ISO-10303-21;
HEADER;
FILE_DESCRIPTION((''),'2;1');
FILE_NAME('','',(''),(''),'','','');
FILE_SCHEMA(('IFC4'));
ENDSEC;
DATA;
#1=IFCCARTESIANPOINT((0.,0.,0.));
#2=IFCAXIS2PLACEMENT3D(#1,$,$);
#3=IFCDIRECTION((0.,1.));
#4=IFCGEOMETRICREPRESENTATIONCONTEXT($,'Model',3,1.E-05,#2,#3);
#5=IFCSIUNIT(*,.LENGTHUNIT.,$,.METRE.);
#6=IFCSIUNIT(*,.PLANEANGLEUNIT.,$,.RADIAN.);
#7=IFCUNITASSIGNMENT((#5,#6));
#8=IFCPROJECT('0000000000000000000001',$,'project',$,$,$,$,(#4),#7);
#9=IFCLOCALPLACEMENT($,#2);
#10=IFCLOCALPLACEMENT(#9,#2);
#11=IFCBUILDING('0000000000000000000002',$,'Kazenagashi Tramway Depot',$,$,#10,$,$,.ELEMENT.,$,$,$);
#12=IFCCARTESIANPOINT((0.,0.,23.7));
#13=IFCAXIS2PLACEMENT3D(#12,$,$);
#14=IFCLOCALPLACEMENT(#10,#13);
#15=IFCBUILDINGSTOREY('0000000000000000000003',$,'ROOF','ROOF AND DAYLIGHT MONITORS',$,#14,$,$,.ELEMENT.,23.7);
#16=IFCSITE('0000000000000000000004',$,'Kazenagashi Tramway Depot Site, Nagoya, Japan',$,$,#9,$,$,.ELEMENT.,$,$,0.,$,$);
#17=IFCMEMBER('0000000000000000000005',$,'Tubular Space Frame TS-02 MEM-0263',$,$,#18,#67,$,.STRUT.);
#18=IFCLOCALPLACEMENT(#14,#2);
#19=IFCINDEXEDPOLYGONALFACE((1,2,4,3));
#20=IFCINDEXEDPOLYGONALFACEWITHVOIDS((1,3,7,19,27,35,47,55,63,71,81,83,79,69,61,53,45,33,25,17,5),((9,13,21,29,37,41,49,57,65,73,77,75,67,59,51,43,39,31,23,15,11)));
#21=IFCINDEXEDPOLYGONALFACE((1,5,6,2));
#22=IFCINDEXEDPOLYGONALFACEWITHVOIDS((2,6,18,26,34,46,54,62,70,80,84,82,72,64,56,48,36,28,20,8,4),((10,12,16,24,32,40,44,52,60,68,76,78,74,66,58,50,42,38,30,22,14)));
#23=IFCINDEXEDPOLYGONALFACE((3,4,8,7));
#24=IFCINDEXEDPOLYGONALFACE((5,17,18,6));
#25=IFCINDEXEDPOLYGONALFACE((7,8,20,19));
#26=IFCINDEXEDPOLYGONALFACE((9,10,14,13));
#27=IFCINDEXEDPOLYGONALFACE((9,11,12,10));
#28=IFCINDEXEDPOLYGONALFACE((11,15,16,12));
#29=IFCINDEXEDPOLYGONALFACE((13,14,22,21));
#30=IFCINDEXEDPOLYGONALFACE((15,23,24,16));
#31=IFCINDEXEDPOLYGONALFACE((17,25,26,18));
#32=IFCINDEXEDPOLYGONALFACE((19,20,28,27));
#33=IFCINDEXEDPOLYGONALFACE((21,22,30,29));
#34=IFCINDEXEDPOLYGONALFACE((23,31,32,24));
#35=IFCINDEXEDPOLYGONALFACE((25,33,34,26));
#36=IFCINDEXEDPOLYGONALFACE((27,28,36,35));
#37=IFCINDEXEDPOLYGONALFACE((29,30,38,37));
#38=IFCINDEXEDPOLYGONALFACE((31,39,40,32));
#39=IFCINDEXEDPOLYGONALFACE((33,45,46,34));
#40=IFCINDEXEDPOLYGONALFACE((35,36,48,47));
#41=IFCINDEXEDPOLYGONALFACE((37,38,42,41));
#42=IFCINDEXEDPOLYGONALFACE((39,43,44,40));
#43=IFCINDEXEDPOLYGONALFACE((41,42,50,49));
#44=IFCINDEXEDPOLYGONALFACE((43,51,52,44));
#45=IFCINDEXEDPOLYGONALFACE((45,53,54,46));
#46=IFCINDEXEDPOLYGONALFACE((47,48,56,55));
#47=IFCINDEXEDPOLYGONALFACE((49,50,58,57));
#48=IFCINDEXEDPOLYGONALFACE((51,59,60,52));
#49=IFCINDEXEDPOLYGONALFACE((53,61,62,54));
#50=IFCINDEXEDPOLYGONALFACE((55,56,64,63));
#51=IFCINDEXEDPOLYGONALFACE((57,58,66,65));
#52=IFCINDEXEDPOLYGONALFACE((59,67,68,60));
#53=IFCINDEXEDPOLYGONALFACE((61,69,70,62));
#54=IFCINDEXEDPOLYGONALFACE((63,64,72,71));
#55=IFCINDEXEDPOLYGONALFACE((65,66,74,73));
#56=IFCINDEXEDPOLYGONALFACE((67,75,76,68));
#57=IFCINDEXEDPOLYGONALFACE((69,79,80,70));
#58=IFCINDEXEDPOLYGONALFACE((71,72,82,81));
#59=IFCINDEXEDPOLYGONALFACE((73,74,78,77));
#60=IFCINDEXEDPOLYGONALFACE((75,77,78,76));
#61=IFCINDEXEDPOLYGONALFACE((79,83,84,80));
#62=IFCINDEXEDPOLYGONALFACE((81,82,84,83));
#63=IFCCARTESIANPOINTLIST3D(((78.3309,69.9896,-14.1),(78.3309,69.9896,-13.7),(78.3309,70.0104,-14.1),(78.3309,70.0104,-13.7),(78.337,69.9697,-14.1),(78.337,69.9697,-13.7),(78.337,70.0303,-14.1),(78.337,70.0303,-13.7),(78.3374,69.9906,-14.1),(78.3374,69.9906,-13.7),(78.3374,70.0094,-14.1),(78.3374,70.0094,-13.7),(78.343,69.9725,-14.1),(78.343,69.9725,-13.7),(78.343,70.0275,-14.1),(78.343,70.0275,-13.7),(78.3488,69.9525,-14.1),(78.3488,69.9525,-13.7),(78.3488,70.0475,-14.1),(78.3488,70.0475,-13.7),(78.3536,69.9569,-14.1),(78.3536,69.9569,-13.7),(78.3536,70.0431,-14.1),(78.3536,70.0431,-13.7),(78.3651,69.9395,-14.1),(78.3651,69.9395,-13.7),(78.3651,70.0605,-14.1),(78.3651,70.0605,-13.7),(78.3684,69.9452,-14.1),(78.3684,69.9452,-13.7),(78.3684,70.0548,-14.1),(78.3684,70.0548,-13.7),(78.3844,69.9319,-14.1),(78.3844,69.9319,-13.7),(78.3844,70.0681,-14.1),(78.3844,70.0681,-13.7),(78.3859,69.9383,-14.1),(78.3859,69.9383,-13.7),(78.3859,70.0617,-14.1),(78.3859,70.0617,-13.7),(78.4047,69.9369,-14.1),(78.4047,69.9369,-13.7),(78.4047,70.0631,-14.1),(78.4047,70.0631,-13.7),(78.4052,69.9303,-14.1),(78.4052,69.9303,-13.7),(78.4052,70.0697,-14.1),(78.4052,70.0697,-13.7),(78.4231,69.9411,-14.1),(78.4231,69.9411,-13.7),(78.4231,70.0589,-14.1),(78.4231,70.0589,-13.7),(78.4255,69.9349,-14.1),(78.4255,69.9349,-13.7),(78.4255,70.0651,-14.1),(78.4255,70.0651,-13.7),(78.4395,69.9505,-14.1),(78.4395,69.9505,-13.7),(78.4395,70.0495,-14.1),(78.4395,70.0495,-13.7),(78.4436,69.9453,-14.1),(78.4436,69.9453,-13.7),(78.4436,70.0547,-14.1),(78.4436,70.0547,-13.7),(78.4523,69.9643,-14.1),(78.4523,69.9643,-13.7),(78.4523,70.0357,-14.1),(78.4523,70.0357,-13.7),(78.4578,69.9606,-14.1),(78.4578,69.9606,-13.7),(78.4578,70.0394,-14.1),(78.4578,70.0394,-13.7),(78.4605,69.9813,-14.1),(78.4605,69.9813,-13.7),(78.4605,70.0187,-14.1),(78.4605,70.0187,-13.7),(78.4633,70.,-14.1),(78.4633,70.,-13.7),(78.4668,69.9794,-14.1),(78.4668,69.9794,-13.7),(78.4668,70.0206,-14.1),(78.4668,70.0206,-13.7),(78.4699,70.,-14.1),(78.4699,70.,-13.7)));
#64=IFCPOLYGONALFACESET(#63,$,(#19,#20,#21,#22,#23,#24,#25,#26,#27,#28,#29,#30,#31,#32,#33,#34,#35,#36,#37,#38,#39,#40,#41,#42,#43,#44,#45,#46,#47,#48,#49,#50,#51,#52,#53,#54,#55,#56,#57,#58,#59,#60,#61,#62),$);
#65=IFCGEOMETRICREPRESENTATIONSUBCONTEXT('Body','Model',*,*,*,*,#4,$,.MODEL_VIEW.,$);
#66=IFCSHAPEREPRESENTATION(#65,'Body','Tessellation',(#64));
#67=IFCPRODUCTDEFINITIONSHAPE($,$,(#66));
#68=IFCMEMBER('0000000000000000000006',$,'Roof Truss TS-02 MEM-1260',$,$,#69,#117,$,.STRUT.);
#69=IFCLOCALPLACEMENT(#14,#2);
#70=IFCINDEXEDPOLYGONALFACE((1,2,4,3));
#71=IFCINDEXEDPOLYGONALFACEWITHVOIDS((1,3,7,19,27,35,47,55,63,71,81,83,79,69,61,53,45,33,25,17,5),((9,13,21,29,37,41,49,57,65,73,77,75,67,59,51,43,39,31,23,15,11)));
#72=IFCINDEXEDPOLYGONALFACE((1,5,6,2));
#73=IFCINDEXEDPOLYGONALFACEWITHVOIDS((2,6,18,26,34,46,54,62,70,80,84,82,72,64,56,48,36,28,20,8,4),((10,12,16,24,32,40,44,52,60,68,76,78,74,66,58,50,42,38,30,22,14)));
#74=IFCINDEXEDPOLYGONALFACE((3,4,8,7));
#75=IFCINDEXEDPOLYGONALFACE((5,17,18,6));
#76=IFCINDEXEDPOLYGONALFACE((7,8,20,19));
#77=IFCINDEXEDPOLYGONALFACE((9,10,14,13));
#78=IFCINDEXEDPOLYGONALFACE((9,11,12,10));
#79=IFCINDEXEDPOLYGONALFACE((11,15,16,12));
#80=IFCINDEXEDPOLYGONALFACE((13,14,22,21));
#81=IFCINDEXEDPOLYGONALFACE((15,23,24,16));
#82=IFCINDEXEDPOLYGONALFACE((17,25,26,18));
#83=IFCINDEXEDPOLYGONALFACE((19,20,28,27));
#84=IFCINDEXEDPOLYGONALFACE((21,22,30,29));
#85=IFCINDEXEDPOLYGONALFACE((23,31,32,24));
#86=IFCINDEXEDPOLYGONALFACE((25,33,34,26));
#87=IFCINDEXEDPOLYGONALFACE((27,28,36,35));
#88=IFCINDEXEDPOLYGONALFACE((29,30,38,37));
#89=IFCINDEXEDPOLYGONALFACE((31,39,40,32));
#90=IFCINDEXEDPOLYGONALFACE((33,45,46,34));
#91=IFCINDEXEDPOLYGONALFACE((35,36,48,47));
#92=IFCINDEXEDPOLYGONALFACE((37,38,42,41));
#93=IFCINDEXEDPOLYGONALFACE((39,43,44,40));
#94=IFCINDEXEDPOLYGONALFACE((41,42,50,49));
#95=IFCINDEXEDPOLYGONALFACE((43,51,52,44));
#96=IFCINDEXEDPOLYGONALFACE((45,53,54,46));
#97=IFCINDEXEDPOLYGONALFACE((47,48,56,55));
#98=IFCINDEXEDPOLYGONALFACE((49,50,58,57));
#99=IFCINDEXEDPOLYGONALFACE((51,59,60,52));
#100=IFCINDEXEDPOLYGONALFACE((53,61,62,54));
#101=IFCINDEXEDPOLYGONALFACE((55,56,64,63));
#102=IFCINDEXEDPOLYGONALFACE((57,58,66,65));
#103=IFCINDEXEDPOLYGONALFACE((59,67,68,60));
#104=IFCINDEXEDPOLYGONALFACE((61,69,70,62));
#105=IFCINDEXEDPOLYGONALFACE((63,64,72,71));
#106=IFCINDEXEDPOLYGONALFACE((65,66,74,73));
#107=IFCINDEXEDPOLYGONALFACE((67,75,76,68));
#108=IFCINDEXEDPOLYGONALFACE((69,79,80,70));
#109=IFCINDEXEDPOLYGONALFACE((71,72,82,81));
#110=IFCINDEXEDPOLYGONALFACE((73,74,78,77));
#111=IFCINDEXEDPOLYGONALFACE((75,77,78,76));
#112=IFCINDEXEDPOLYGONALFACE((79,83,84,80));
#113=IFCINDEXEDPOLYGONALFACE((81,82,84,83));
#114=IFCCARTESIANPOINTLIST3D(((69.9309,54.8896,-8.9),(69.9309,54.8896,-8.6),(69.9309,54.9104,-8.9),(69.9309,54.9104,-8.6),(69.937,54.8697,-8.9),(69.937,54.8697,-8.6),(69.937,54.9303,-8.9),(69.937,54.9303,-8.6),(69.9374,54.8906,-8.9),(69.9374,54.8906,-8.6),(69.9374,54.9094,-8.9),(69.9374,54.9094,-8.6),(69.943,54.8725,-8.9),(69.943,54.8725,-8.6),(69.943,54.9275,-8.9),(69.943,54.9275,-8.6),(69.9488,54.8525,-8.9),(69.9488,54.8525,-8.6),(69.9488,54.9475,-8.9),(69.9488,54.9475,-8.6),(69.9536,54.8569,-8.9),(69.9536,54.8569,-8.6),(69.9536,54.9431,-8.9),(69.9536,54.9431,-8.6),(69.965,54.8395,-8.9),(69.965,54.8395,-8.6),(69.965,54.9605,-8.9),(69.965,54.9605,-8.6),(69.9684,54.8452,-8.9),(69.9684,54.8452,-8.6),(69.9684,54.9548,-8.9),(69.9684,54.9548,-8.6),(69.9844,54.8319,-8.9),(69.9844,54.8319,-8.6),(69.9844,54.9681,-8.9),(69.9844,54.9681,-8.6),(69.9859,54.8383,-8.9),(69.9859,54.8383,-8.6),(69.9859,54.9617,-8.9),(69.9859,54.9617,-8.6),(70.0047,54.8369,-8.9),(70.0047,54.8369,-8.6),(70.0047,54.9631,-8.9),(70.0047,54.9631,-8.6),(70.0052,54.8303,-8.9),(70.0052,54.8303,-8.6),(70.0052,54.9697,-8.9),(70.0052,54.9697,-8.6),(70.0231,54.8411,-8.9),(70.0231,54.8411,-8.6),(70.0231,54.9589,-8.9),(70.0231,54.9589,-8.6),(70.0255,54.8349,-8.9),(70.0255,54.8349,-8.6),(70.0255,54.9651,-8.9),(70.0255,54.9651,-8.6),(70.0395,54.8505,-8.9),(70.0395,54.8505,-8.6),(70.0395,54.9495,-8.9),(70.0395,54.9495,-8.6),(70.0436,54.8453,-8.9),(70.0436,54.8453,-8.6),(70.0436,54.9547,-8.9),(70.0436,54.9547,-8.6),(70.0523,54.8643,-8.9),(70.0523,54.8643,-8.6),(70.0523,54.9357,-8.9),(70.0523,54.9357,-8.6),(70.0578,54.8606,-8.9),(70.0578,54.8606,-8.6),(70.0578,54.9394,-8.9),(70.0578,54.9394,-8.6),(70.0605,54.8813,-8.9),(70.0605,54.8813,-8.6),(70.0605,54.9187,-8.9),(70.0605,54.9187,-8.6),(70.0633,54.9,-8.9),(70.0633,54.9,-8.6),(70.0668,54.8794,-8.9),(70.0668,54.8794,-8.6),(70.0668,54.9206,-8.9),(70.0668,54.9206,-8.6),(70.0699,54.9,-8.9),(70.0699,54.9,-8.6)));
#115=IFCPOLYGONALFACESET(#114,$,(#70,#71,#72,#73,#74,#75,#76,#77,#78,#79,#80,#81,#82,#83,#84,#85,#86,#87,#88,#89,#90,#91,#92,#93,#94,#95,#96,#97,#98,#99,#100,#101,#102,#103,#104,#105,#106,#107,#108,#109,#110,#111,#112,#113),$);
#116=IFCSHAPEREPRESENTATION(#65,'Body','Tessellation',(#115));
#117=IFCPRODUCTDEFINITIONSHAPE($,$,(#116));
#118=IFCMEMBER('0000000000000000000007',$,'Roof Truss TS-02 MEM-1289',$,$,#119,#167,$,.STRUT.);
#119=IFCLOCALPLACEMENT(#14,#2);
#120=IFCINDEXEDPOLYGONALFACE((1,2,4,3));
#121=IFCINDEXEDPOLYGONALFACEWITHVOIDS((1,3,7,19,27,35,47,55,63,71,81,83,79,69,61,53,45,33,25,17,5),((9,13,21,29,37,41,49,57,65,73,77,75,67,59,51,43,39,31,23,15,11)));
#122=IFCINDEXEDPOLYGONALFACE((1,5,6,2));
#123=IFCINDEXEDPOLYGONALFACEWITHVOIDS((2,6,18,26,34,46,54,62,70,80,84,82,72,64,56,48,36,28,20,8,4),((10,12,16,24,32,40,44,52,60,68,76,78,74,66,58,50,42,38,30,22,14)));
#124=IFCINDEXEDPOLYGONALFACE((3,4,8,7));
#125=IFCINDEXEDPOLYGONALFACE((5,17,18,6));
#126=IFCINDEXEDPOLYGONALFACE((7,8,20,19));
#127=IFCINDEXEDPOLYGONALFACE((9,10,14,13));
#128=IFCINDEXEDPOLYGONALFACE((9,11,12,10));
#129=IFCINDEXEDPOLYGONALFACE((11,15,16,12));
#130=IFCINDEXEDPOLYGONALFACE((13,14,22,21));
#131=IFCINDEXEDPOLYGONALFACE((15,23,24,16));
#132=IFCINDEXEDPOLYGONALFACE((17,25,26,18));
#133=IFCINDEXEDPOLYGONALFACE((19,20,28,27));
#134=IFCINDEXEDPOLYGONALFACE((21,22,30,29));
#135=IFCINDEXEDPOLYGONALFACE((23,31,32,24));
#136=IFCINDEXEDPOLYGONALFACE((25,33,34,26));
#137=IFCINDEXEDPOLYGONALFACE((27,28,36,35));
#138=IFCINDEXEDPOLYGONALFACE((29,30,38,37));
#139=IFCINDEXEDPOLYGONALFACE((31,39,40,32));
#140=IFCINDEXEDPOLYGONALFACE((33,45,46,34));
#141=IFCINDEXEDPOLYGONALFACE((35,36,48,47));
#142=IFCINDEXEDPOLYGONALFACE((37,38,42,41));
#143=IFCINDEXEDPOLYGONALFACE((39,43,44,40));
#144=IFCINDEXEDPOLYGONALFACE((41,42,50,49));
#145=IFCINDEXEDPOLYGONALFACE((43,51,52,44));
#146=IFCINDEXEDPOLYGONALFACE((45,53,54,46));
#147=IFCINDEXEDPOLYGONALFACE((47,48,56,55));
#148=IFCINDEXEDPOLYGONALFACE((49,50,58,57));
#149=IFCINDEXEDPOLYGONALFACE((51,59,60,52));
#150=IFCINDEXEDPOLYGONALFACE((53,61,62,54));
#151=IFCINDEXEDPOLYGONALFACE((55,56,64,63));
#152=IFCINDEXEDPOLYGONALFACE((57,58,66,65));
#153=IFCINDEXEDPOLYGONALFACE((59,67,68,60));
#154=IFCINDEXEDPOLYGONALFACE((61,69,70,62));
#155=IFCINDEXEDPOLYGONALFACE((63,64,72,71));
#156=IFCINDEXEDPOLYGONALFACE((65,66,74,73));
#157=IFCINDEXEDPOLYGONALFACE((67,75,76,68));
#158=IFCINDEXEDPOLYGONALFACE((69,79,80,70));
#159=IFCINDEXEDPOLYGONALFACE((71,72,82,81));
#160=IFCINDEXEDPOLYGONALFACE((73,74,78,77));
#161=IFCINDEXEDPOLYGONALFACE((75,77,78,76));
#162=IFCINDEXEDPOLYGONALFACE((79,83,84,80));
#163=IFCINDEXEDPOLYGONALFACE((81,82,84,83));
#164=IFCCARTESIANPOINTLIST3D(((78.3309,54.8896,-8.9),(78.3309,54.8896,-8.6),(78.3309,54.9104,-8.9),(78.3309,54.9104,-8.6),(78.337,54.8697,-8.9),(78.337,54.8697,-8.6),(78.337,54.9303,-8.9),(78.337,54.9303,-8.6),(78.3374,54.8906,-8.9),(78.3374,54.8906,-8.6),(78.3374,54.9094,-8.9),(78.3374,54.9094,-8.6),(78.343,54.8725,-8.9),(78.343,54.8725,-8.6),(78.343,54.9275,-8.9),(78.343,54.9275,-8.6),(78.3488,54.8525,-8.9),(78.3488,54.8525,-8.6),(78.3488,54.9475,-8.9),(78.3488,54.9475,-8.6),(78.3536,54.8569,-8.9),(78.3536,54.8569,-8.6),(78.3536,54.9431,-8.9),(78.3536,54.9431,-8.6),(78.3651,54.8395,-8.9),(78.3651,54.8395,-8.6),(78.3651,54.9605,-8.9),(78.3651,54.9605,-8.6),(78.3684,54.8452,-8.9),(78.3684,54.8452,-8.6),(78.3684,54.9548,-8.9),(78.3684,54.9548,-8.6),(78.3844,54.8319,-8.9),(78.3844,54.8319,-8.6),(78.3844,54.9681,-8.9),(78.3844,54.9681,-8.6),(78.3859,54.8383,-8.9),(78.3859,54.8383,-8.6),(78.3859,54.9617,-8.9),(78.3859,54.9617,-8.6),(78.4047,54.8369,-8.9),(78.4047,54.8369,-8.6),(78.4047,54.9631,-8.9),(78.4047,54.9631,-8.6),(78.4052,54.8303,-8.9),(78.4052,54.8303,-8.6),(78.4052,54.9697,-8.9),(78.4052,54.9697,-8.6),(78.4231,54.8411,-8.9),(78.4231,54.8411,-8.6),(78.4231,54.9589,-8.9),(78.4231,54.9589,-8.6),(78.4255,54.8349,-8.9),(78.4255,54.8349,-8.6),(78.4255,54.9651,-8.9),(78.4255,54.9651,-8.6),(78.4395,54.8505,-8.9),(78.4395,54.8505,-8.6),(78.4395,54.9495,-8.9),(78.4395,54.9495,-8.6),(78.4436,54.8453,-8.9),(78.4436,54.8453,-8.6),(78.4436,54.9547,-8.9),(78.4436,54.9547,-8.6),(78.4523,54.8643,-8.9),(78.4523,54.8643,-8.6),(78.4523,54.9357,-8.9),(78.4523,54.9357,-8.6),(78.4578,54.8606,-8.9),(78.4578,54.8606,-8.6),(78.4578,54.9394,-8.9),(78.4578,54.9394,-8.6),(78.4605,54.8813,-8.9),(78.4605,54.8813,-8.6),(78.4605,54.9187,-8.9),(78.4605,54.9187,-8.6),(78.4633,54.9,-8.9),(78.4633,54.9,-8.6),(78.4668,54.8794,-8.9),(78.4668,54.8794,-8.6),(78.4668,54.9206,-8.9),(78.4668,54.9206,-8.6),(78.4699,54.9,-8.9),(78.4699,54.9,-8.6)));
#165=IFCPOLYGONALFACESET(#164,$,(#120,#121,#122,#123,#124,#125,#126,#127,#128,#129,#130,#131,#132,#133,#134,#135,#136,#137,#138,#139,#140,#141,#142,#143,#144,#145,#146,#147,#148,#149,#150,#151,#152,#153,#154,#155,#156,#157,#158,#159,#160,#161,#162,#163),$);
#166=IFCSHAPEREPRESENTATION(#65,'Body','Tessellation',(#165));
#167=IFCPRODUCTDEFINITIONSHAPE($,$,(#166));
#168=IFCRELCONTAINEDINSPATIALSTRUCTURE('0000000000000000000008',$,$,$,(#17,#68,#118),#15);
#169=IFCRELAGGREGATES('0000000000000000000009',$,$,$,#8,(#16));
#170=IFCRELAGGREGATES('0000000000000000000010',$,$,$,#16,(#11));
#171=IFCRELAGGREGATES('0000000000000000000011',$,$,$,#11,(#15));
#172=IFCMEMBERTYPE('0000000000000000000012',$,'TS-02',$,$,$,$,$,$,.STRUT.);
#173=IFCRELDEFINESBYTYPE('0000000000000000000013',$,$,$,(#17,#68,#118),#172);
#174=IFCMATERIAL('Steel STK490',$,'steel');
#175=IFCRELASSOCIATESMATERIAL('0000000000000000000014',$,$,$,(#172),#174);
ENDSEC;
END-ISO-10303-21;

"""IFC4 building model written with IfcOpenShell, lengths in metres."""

from ifc_helpers import new_model, si_unit, direction, frame, origin, origin_2d, place, context, subcontext, project, spatial, hollow_circle, extrude, material, material_profile, profile_set, type_object, element, save


model = new_model("IFC4")

# Units and contexts
model_context = context("Model", 3, precision=1e-05, world=origin(), true_north=direction((0.0, 1.0)))
body_context = subcontext(model_context, "Body", "Model", "MODEL_VIEW")
ifc_project = project(units=[si_unit("LENGTHUNIT", "METRE"), si_unit("PLANEANGLEUNIT", "RADIAN")], contexts=[model_context])

# Site, building, storey
site_placement = place(None, origin())
site = spatial("IfcSite", under=ifc_project, at=site_placement, Name="Kazenagashi Tramway Depot Site, Nagoya, Japan", CompositionType="ELEMENT", RefElevation=0.0)
building_placement = place(site_placement, origin())
building = spatial("IfcBuilding", under=site, at=building_placement, Name="Kazenagashi Tramway Depot", CompositionType="ELEMENT")
storey_placement = place(building_placement, frame((0.0, 0.0, 23.7)))
storey = spatial("IfcBuildingStorey", under=building, at=storey_placement, Name="ROOF", Description="ROOF AND DAYLIGHT MONITORS", CompositionType="ELEMENT", Elevation=23.7)

# Members
ifc_material_1 = material(Name="Steel STK490", Category="steel")
ifc_material_profile_1 = material_profile(ifc_material_1, hollow_circle(Radius=0.0699, WallThickness=0.0066, at=origin_2d()), Name="CHS-139.8x6.6")
ifc_profile_set_1 = profile_set([ifc_material_profile_1], Name="Steel STK490")
member_type_1 = type_object("IfcMemberType", Name="TS-02", PredefinedType="STRUT", material=ifc_profile_set_1)
for number, where, z_axis, x_axis, name in (
    (1, (78.4, 70.0, -14.1), (0.0, 0.0, 1.0), (1.0, 0.0, 0.0), "Tubular Space Frame TS-02 MEM-0263"),
):
    element("IfcMember", number, at=place(storey_placement, frame(where, z_axis=z_axis, x_axis=x_axis)), inside=storey, type_object=member_type_1, Name=name, PredefinedType="STRUT", context=body_context, shape_type="SweptSolid", body=[
        extrude(hollow_circle(Radius=0.0699, WallThickness=0.0066, at=origin_2d()), origin(), (0.0, 0.0, 1.0), 0.4),
    ])
for number, where, z_axis, x_axis, name in (
    (2, (70.0, 54.9, -8.9), (0.0, 0.0, 1.0), (1.0, 0.0, 0.0), "Roof Truss TS-02 MEM-1260"),
    (3, (78.4, 54.9, -8.9), (0.0, 0.0, 1.0), (1.0, 0.0, 0.0), "Roof Truss TS-02 MEM-1289"),
):
    element("IfcMember", number, at=place(storey_placement, frame(where, z_axis=z_axis, x_axis=x_axis)), inside=storey, type_object=member_type_1, Name=name, PredefinedType="STRUT", context=body_context, shape_type="SweptSolid", body=[
        extrude(hollow_circle(Radius=0.0699, WallThickness=0.0066, at=origin_2d()), origin(), (0.0, 0.0, 1.0), 0.3),
    ])

save(model, "model.ifc")
